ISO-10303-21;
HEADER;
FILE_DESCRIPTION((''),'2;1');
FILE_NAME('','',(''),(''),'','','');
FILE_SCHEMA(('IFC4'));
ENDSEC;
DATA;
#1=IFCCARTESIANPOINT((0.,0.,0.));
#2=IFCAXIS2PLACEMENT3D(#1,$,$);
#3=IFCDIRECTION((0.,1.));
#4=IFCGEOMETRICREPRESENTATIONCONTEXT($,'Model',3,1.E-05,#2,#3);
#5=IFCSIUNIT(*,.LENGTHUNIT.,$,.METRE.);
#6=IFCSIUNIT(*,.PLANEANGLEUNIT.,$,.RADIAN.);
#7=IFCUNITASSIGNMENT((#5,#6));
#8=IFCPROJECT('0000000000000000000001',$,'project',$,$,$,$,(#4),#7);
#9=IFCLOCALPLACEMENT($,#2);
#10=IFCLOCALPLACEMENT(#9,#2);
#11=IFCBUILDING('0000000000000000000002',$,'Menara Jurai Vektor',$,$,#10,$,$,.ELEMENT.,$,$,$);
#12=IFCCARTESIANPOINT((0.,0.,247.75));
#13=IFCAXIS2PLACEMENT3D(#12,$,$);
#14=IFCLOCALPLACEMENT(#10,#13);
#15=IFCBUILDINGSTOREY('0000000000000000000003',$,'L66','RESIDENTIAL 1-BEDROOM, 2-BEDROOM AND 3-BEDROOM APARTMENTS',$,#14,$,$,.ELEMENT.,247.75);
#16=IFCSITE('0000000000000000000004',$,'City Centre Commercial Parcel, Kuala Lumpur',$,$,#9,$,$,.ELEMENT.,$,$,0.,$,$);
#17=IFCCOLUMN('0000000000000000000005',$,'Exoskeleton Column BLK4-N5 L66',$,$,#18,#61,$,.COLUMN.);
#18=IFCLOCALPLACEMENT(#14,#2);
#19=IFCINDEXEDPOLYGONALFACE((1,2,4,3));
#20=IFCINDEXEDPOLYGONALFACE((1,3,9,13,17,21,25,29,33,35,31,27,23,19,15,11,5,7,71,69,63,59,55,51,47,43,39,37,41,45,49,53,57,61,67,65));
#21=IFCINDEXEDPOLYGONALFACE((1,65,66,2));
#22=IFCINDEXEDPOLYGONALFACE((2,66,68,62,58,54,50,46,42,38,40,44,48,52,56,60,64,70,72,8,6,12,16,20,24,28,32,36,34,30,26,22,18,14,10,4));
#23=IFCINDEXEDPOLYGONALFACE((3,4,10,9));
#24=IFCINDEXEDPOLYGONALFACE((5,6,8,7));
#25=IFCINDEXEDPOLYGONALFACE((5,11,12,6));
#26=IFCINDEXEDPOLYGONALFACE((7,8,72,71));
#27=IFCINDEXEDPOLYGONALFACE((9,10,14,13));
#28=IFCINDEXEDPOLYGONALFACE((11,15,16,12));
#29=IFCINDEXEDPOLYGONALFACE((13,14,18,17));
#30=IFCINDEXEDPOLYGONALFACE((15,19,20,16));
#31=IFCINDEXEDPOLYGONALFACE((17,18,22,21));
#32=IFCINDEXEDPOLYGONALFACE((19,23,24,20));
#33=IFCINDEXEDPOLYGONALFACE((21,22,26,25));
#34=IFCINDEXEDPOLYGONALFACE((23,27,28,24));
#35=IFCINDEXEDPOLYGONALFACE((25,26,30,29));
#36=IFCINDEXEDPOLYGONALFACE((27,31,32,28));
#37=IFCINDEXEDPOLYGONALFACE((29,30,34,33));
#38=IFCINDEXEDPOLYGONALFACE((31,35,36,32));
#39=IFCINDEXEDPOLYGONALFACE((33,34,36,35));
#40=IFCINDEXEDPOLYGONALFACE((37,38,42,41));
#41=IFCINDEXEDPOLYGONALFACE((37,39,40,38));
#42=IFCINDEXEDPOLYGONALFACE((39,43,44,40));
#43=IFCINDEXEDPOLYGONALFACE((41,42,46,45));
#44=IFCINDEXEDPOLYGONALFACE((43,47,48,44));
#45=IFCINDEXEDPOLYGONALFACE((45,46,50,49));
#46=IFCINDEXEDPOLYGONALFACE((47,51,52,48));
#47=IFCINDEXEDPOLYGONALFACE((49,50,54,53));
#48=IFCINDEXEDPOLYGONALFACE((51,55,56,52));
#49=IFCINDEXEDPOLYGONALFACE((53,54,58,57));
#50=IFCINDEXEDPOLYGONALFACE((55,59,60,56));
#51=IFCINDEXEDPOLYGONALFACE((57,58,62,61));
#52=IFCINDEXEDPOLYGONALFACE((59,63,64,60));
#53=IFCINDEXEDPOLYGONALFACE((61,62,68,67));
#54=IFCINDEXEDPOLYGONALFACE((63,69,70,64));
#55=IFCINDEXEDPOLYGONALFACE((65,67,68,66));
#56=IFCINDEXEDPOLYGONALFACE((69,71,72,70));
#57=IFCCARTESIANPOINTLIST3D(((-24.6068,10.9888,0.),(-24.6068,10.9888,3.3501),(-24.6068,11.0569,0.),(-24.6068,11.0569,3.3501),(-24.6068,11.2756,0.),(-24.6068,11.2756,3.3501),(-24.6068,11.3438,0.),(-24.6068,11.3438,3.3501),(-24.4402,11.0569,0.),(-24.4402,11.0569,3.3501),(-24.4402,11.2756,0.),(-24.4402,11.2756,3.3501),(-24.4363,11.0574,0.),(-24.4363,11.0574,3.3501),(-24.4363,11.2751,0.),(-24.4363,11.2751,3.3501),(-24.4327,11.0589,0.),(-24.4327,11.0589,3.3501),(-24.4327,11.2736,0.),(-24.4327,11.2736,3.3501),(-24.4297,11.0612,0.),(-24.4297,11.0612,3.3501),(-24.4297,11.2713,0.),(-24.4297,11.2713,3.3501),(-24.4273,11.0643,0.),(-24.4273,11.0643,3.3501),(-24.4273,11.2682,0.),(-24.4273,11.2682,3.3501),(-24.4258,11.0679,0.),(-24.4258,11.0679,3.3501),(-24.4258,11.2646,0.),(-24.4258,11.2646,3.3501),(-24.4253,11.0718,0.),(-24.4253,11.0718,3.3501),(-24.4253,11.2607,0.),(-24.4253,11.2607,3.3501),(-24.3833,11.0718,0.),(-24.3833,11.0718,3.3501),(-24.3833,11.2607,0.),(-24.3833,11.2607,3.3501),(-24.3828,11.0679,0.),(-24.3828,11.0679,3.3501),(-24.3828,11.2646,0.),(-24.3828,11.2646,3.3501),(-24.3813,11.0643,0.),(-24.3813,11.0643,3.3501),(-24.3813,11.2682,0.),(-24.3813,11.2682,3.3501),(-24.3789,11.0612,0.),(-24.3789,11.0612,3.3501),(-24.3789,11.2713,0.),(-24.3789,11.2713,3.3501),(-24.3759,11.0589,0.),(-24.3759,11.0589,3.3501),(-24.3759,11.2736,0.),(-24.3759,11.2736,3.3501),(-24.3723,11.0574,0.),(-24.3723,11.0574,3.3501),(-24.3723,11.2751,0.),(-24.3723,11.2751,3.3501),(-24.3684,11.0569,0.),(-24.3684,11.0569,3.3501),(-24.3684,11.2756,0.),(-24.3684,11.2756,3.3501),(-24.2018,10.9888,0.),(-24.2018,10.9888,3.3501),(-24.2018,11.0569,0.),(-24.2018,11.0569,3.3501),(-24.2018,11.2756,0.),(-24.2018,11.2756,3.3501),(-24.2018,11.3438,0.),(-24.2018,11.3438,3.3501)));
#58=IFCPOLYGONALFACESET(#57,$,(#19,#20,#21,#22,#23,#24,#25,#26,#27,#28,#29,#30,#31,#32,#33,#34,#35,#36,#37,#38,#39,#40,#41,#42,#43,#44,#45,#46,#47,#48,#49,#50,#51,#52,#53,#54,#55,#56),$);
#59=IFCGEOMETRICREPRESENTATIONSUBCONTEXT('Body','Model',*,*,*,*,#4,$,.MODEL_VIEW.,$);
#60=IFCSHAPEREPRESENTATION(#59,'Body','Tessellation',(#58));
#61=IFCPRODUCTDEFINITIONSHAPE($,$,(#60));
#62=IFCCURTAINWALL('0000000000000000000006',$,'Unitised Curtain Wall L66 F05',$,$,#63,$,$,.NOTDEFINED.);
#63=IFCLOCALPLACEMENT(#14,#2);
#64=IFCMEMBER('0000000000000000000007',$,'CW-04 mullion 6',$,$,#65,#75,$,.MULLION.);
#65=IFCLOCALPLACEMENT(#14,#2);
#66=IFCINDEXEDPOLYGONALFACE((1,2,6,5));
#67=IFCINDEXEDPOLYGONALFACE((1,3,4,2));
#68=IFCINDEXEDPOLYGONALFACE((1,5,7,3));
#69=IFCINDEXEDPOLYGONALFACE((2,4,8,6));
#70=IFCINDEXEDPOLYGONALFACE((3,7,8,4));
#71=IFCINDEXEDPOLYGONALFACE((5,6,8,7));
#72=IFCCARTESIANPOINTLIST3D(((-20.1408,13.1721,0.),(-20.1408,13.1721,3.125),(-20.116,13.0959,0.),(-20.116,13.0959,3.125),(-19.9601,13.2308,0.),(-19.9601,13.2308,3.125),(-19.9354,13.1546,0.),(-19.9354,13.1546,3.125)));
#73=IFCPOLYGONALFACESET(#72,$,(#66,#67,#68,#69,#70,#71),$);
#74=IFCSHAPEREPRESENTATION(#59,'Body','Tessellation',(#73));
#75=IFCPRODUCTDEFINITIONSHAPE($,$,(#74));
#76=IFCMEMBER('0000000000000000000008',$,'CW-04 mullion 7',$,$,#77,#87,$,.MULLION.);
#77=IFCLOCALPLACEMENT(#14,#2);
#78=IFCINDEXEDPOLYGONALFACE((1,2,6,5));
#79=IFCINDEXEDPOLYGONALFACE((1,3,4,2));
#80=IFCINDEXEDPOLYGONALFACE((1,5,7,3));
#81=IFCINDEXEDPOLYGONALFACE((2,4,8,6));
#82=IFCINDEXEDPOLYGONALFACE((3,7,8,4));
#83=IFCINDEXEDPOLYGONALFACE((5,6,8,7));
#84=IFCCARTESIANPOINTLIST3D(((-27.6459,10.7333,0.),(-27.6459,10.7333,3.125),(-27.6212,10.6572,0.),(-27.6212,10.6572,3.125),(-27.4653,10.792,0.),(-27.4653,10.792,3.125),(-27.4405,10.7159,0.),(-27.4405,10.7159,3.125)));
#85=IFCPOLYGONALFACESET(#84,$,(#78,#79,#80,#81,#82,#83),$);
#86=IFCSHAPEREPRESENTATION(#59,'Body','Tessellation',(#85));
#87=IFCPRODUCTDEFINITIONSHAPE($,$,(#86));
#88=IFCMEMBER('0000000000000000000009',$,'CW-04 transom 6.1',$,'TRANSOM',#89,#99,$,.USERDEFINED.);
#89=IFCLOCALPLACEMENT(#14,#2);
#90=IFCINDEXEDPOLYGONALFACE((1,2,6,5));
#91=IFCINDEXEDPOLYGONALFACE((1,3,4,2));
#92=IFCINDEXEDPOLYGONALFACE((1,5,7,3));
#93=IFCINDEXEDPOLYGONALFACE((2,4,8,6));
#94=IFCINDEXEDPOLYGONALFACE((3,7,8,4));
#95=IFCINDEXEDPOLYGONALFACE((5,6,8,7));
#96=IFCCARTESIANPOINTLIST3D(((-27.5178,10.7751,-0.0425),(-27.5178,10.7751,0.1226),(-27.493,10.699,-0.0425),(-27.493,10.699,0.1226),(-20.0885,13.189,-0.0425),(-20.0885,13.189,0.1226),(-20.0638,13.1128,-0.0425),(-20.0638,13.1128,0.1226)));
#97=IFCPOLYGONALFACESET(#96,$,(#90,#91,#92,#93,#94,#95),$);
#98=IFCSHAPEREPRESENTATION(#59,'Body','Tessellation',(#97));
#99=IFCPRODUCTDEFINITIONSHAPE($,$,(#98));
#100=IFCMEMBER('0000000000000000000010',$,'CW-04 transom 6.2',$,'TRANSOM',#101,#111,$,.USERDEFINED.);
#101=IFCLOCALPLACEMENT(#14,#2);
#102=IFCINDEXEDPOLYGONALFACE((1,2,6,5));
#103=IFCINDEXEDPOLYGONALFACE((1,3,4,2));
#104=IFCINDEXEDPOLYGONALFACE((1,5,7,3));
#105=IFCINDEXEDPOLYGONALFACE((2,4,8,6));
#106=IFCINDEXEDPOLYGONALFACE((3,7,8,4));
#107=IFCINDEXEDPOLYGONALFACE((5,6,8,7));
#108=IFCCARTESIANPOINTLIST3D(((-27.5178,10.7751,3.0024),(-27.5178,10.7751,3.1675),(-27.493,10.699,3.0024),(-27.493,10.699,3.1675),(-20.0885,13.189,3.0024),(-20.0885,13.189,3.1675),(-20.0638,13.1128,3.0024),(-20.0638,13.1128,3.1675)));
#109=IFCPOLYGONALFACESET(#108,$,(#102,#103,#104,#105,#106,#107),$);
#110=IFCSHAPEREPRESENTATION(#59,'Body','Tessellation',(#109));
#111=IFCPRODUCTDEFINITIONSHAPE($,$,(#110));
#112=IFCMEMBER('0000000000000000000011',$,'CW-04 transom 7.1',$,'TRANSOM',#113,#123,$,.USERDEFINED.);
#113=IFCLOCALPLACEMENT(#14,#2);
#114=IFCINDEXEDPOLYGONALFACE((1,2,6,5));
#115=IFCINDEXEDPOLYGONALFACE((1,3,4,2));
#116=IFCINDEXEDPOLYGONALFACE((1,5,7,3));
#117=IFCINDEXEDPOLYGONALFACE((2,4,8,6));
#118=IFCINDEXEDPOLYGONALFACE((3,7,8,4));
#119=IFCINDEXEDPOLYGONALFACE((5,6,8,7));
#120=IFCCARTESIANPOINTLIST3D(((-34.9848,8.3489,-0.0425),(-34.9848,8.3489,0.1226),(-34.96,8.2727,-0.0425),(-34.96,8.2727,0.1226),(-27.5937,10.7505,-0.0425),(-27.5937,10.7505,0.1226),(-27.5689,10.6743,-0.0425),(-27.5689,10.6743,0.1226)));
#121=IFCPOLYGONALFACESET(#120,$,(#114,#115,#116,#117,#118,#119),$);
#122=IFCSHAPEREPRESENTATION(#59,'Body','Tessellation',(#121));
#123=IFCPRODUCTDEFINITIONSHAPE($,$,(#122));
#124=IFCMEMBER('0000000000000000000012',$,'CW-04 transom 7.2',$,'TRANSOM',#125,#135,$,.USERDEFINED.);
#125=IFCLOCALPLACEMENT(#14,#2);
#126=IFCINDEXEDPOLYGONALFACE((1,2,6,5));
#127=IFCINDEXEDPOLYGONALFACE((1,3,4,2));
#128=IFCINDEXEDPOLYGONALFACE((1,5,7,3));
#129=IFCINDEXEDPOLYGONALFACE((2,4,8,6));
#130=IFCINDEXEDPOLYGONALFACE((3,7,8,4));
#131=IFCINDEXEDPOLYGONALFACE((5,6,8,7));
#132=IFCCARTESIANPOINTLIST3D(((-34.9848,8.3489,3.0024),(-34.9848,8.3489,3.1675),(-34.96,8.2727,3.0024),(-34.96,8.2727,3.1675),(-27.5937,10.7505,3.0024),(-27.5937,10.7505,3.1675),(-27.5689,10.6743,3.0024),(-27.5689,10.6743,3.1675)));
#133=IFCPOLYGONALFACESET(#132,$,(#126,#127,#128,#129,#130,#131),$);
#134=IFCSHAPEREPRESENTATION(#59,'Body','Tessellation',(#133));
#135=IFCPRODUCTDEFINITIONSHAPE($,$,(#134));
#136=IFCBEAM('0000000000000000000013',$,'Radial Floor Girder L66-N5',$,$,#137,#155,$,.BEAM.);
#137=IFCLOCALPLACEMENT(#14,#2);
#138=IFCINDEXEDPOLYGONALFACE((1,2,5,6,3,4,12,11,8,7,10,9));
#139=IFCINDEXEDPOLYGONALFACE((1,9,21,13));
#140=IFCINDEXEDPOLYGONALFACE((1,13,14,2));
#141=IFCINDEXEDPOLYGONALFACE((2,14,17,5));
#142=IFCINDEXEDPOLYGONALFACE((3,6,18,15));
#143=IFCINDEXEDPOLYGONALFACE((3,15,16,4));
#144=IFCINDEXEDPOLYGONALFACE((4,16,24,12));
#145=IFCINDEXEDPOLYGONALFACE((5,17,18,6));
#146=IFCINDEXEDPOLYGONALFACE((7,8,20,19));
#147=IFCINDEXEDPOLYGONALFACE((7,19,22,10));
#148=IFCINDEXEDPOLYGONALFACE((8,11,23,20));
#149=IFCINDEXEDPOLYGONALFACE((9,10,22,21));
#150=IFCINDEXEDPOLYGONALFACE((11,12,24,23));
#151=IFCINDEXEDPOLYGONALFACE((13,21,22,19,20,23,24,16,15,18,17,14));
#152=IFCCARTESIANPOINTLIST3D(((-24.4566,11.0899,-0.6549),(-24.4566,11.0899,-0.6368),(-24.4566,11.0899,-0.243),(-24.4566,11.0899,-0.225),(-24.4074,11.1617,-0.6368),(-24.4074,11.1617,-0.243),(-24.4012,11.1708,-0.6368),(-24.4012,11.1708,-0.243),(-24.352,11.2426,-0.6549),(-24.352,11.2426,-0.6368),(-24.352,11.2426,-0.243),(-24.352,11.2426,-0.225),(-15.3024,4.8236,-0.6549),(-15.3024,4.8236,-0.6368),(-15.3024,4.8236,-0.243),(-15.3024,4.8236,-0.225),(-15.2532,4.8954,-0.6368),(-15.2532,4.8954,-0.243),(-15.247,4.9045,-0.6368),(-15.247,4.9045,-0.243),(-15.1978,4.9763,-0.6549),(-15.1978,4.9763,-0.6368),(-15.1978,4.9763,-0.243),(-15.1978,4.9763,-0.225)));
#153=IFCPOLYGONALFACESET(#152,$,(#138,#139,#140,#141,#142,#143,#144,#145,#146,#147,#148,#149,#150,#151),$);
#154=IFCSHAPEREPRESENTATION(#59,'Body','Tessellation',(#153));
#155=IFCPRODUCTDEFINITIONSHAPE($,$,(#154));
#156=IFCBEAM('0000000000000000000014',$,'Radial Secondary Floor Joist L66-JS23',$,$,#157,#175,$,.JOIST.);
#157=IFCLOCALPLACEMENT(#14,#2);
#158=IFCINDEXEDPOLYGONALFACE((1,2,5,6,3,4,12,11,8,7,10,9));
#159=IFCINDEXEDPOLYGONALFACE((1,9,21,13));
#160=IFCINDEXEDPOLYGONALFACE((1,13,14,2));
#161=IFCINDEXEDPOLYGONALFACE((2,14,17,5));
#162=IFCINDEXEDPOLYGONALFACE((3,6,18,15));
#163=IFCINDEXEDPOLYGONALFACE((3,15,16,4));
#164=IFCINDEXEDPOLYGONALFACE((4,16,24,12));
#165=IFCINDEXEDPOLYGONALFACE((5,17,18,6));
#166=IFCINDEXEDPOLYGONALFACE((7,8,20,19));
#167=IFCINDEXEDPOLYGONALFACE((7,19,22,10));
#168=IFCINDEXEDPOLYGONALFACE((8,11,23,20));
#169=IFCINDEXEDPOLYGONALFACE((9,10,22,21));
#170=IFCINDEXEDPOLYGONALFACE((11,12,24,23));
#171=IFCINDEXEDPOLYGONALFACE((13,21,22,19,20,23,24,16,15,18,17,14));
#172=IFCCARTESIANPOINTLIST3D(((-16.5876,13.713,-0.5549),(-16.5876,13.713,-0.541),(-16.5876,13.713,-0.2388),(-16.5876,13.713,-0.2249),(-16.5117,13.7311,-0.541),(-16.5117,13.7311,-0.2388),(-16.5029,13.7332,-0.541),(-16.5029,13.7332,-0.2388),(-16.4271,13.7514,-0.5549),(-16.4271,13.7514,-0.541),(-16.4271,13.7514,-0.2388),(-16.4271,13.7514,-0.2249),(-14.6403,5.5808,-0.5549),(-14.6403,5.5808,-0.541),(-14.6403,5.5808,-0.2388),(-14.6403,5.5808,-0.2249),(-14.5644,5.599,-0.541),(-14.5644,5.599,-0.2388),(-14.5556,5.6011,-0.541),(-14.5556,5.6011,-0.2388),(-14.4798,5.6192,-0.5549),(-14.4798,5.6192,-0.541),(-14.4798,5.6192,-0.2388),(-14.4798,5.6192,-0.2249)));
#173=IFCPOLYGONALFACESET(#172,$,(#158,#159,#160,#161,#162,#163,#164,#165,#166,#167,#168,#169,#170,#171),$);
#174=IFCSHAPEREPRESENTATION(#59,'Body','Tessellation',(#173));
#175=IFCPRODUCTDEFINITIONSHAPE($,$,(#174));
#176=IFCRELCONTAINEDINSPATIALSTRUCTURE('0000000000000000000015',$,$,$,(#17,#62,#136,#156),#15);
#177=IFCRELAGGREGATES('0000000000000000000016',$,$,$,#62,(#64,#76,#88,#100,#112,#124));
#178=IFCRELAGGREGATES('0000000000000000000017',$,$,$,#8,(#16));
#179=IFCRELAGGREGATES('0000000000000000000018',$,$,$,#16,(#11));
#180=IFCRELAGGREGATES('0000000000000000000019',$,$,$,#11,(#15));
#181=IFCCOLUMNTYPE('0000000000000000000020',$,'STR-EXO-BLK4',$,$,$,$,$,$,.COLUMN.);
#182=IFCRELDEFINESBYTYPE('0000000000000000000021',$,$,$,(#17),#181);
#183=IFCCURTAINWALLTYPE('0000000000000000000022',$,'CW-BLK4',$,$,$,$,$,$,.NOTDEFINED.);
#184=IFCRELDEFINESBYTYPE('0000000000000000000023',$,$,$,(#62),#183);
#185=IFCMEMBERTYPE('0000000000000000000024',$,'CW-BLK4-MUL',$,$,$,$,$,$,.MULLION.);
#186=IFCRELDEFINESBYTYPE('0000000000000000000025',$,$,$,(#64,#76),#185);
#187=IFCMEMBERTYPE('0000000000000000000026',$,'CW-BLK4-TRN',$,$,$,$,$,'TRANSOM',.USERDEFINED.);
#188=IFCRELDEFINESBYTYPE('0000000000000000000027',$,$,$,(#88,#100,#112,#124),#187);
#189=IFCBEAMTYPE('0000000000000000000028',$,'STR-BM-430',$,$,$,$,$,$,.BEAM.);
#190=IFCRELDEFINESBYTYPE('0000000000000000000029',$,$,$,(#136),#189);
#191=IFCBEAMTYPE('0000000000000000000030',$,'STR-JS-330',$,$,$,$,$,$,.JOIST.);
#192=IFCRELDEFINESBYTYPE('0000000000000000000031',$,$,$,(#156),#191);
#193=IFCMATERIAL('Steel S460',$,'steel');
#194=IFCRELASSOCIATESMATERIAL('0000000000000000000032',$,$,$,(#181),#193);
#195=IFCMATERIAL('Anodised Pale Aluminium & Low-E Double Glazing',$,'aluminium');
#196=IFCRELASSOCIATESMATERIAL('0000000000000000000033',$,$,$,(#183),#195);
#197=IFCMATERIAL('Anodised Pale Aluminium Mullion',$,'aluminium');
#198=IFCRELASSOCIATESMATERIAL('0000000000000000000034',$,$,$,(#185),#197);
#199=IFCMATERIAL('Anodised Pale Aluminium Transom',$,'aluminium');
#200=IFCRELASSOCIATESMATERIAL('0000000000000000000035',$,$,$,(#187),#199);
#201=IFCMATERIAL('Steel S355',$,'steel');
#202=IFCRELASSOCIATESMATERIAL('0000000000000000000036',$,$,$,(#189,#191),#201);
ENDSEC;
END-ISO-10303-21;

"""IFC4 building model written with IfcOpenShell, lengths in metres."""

from ifc_helpers import new_model, si_unit, direction, frame, origin, origin_2d, place, context, subcontext, project, spatial, rectangle, i_section, extrude, material, material_profile, profile_set, type_object, element, aggregate, save


model = new_model("IFC4")

# Units and contexts
model_context = context("Model", 3, precision=1e-05, world=origin(), true_north=direction((0.0, 1.0)))
body_context = subcontext(model_context, "Body", "Model", "MODEL_VIEW")
ifc_project = project(units=[si_unit("LENGTHUNIT", "METRE"), si_unit("PLANEANGLEUNIT", "RADIAN")], contexts=[model_context])

# Site, building, storey
site_placement = place(None, origin())
site = spatial("IfcSite", under=ifc_project, at=site_placement, Name="City Centre Commercial Parcel, Kuala Lumpur", CompositionType="ELEMENT", RefElevation=0.0)
building_placement = place(site_placement, origin())
building = spatial("IfcBuilding", under=site, at=building_placement, Name="Menara Jurai Vektor", CompositionType="ELEMENT")
storey_placement = place(building_placement, frame((0.0, 0.0, 247.75)))
storey = spatial("IfcBuildingStorey", under=building, at=storey_placement, Name="L66", Description="RESIDENTIAL 1-BEDROOM, 2-BEDROOM AND 3-BEDROOM APARTMENTS", CompositionType="ELEMENT", Elevation=247.75)

# Column
ifc_material_1 = material(Name="Steel S460", Category="steel")
ifc_material_profile_1 = material_profile(ifc_material_1, i_section(OverallWidth=0.405, OverallDepth=0.355, WebThickness=0.042, FlangeThickness=0.0681, FilletRadius=0.0149, at=origin_2d()), Name="HD 400x551")
ifc_profile_set_1 = profile_set([ifc_material_profile_1], Name="Steel S460")
column_type = type_object("IfcColumnType", Name="STR-EXO-BLK4", PredefinedType="COLUMN", material=ifc_profile_set_1)
column_placement = place(storey_placement, frame((-24.4043, 11.1663, 0.0), z_axis=(0.0, 0.0, 1.0), x_axis=(1.0, 0.0, 0.0)))
element("IfcColumn", 1, at=column_placement, inside=storey, type_object=column_type, Name="Exoskeleton Column BLK4-N5 L66", PredefinedType="COLUMN", context=body_context, shape_type="SweptSolid", body=[
    extrude(i_section(OverallWidth=0.405, OverallDepth=0.355, WebThickness=0.042, FlangeThickness=0.0681, FilletRadius=0.0149, at=origin_2d()), origin(), (0.0, 0.0, 1.0), 3.3501),
])

# Curtain wall, members
ifc_material_2 = material(Name="Anodised Pale Aluminium & Low-E Double Glazing", Category="aluminium")
curtain_wall_type = type_object("IfcCurtainWallType", Name="CW-BLK4", PredefinedType="NOTDEFINED", material=ifc_material_2)
curtain_wall_placement = place(storey_placement, origin())
curtain_wall = element("IfcCurtainWall", 2, at=curtain_wall_placement, inside=storey, type_object=curtain_wall_type, Name="Unitised Curtain Wall L66 F05", PredefinedType="NOTDEFINED")
ifc_material_3 = material(Name="Anodised Pale Aluminium Mullion", Category="aluminium")
ifc_material_profile_2 = material_profile(ifc_material_3, rectangle(XDim=0.0801, YDim=0.1899, at=origin_2d()), Name="ALU MUL 80x190")
ifc_profile_set_2 = profile_set([ifc_material_profile_2], Name="Anodised Pale Aluminium Mullion")
member_type_1 = type_object("IfcMemberType", Name="CW-BLK4-MUL", PredefinedType="MULLION", material=ifc_profile_set_2)
member_1_placement = place(storey_placement, frame((-20.0381, 13.1633, 0.0), z_axis=(0.0, 0.0, 1.0), x_axis=(0.309017, -0.951056, 0.0)))
member_1 = element("IfcMember", 3, at=member_1_placement, type_object=member_type_1, Name="CW-04 mullion 6", PredefinedType="MULLION", context=body_context, shape_type="SweptSolid", body=[
    extrude(rectangle(XDim=0.0801, YDim=0.1899, at=origin_2d()), origin(), (0.0, 0.0, 1.0), 3.125),
])
member_2_placement = place(storey_placement, frame((-27.5432, 10.7246, 0.0), z_axis=(0.0, 0.0, 1.0), x_axis=(0.309017, -0.951056, 0.0)))
member_2 = element("IfcMember", 4, at=member_2_placement, type_object=member_type_1, Name="CW-04 mullion 7", PredefinedType="MULLION", context=body_context, shape_type="SweptSolid", body=[
    extrude(rectangle(XDim=0.0801, YDim=0.1899, at=origin_2d()), origin(), (0.0, 0.0, 1.0), 3.125),
])
ifc_material_4 = material(Name="Anodised Pale Aluminium Transom", Category="aluminium")
ifc_material_profile_3 = material_profile(ifc_material_4, rectangle(XDim=0.0801, YDim=0.165, at=origin_2d()), Name="ALU TRN 80x165")
ifc_profile_set_3 = profile_set([ifc_material_profile_3], Name="Anodised Pale Aluminium Transom")
member_type_2 = type_object("IfcMemberType", Name="CW-BLK4-TRN", ElementType="TRANSOM", PredefinedType="USERDEFINED", material=ifc_profile_set_3)
member_3_placement = place(storey_placement, frame((-20.0762, 13.1509, 0.04), z_axis=(-0.951059, -0.309008, 0.0), x_axis=(0.309008, -0.951059, 0.0)))
member_3 = element("IfcMember", 5, at=member_3_placement, type_object=member_type_2, Name="CW-04 transom 6.1", ObjectType="TRANSOM", PredefinedType="USERDEFINED", context=body_context, shape_type="SweptSolid", body=[
    extrude(rectangle(XDim=0.0801, YDim=0.165, at=origin_2d()), origin(), (0.0, 0.0, 1.0), 7.8115),
])
member_4_placement = place(storey_placement, frame((-20.0762, 13.1509, 3.085), z_axis=(-0.951059, -0.309008, 0.0), x_axis=(0.309008, -0.951059, 0.0)))
member_4 = element("IfcMember", 6, at=member_4_placement, type_object=member_type_2, Name="CW-04 transom 6.2", ObjectType="TRANSOM", PredefinedType="USERDEFINED", context=body_context, shape_type="SweptSolid", body=[
    extrude(rectangle(XDim=0.0801, YDim=0.165, at=origin_2d()), origin(), (0.0, 0.0, 1.0), 7.8115),
])
member_5_placement = place(storey_placement, frame((-27.5813, 10.7124, 0.04), z_axis=(-0.951053, -0.309028, 0.0), x_axis=(0.309028, -0.951053, 0.0)))
member_5 = element("IfcMember", 7, at=member_5_placement, type_object=member_type_2, Name="CW-04 transom 7.1", ObjectType="TRANSOM", PredefinedType="USERDEFINED", context=body_context, shape_type="SweptSolid", body=[
    extrude(rectangle(XDim=0.0801, YDim=0.165, at=origin_2d()), origin(), (0.0, 0.0, 1.0), 7.7715),
])
member_6_placement = place(storey_placement, frame((-27.5813, 10.7124, 3.085), z_axis=(-0.951053, -0.309028, 0.0), x_axis=(0.309028, -0.951053, 0.0)))
member_6 = element("IfcMember", 8, at=member_6_placement, type_object=member_type_2, Name="CW-04 transom 7.2", ObjectType="TRANSOM", PredefinedType="USERDEFINED", context=body_context, shape_type="SweptSolid", body=[
    extrude(rectangle(XDim=0.0801, YDim=0.165, at=origin_2d()), origin(), (0.0, 0.0, 1.0), 7.7715),
])

# Beams
ifc_material_5 = material(Name="Steel S355", Category="steel")
ifc_material_profile_4 = material_profile(ifc_material_5, i_section(OverallWidth=0.1851, OverallDepth=0.4299, WebThickness=0.011, FlangeThickness=0.0181, at=origin_2d()), Name="PG 430x185x76")
ifc_profile_set_4 = profile_set([ifc_material_profile_4], Name="Steel S355")
beam_type_1 = type_object("IfcBeamType", Name="STR-BM-430", PredefinedType="BEAM", material=ifc_profile_set_4)
beam_1_placement = place(storey_placement, frame((-24.4043, 11.1663, -0.4399), z_axis=(0.825186, -0.564861, 0.0), x_axis=(0.564861, 0.825186, 0.0)))
element("IfcBeam", 9, at=beam_1_placement, inside=storey, type_object=beam_type_1, Name="Radial Floor Girder L66-N5", PredefinedType="BEAM", context=body_context, shape_type="SweptSolid", body=[
    extrude(i_section(OverallWidth=0.1851, OverallDepth=0.4299, WebThickness=0.011, FlangeThickness=0.0181, at=origin_2d()), origin(), (0.0, 0.0, 1.0), 11.0935),
])
ifc_material_profile_5 = material_profile(ifc_material_5, i_section(OverallWidth=0.165, OverallDepth=0.3301, WebThickness=0.009, FlangeThickness=0.0139, at=origin_2d()), Name="PG 330x165x46")
ifc_profile_set_5 = profile_set([ifc_material_profile_5], Name="Steel S355")
beam_type_2 = type_object("IfcBeamType", Name="STR-JS-330", PredefinedType="JOIST", material=ifc_profile_set_5)
beam_2_placement = place(storey_placement, frame((-16.5073, 13.7322, -0.3899), z_axis=(0.232872, -0.972507, 0.0), x_axis=(0.972507, 0.232872, 0.0)))
element("IfcBeam", 10, at=beam_2_placement, inside=storey, type_object=beam_type_2, Name="Radial Secondary Floor Joist L66-JS23", PredefinedType="JOIST", context=body_context, shape_type="SweptSolid", body=[
    extrude(i_section(OverallWidth=0.165, OverallDepth=0.3301, WebThickness=0.009, FlangeThickness=0.0139, at=origin_2d()), origin(), (0.0, 0.0, 1.0), 8.3621),
])

aggregate(curtain_wall, [member_1, member_2, member_3, member_4, member_5, member_6])

save(model, "model.ifc")
